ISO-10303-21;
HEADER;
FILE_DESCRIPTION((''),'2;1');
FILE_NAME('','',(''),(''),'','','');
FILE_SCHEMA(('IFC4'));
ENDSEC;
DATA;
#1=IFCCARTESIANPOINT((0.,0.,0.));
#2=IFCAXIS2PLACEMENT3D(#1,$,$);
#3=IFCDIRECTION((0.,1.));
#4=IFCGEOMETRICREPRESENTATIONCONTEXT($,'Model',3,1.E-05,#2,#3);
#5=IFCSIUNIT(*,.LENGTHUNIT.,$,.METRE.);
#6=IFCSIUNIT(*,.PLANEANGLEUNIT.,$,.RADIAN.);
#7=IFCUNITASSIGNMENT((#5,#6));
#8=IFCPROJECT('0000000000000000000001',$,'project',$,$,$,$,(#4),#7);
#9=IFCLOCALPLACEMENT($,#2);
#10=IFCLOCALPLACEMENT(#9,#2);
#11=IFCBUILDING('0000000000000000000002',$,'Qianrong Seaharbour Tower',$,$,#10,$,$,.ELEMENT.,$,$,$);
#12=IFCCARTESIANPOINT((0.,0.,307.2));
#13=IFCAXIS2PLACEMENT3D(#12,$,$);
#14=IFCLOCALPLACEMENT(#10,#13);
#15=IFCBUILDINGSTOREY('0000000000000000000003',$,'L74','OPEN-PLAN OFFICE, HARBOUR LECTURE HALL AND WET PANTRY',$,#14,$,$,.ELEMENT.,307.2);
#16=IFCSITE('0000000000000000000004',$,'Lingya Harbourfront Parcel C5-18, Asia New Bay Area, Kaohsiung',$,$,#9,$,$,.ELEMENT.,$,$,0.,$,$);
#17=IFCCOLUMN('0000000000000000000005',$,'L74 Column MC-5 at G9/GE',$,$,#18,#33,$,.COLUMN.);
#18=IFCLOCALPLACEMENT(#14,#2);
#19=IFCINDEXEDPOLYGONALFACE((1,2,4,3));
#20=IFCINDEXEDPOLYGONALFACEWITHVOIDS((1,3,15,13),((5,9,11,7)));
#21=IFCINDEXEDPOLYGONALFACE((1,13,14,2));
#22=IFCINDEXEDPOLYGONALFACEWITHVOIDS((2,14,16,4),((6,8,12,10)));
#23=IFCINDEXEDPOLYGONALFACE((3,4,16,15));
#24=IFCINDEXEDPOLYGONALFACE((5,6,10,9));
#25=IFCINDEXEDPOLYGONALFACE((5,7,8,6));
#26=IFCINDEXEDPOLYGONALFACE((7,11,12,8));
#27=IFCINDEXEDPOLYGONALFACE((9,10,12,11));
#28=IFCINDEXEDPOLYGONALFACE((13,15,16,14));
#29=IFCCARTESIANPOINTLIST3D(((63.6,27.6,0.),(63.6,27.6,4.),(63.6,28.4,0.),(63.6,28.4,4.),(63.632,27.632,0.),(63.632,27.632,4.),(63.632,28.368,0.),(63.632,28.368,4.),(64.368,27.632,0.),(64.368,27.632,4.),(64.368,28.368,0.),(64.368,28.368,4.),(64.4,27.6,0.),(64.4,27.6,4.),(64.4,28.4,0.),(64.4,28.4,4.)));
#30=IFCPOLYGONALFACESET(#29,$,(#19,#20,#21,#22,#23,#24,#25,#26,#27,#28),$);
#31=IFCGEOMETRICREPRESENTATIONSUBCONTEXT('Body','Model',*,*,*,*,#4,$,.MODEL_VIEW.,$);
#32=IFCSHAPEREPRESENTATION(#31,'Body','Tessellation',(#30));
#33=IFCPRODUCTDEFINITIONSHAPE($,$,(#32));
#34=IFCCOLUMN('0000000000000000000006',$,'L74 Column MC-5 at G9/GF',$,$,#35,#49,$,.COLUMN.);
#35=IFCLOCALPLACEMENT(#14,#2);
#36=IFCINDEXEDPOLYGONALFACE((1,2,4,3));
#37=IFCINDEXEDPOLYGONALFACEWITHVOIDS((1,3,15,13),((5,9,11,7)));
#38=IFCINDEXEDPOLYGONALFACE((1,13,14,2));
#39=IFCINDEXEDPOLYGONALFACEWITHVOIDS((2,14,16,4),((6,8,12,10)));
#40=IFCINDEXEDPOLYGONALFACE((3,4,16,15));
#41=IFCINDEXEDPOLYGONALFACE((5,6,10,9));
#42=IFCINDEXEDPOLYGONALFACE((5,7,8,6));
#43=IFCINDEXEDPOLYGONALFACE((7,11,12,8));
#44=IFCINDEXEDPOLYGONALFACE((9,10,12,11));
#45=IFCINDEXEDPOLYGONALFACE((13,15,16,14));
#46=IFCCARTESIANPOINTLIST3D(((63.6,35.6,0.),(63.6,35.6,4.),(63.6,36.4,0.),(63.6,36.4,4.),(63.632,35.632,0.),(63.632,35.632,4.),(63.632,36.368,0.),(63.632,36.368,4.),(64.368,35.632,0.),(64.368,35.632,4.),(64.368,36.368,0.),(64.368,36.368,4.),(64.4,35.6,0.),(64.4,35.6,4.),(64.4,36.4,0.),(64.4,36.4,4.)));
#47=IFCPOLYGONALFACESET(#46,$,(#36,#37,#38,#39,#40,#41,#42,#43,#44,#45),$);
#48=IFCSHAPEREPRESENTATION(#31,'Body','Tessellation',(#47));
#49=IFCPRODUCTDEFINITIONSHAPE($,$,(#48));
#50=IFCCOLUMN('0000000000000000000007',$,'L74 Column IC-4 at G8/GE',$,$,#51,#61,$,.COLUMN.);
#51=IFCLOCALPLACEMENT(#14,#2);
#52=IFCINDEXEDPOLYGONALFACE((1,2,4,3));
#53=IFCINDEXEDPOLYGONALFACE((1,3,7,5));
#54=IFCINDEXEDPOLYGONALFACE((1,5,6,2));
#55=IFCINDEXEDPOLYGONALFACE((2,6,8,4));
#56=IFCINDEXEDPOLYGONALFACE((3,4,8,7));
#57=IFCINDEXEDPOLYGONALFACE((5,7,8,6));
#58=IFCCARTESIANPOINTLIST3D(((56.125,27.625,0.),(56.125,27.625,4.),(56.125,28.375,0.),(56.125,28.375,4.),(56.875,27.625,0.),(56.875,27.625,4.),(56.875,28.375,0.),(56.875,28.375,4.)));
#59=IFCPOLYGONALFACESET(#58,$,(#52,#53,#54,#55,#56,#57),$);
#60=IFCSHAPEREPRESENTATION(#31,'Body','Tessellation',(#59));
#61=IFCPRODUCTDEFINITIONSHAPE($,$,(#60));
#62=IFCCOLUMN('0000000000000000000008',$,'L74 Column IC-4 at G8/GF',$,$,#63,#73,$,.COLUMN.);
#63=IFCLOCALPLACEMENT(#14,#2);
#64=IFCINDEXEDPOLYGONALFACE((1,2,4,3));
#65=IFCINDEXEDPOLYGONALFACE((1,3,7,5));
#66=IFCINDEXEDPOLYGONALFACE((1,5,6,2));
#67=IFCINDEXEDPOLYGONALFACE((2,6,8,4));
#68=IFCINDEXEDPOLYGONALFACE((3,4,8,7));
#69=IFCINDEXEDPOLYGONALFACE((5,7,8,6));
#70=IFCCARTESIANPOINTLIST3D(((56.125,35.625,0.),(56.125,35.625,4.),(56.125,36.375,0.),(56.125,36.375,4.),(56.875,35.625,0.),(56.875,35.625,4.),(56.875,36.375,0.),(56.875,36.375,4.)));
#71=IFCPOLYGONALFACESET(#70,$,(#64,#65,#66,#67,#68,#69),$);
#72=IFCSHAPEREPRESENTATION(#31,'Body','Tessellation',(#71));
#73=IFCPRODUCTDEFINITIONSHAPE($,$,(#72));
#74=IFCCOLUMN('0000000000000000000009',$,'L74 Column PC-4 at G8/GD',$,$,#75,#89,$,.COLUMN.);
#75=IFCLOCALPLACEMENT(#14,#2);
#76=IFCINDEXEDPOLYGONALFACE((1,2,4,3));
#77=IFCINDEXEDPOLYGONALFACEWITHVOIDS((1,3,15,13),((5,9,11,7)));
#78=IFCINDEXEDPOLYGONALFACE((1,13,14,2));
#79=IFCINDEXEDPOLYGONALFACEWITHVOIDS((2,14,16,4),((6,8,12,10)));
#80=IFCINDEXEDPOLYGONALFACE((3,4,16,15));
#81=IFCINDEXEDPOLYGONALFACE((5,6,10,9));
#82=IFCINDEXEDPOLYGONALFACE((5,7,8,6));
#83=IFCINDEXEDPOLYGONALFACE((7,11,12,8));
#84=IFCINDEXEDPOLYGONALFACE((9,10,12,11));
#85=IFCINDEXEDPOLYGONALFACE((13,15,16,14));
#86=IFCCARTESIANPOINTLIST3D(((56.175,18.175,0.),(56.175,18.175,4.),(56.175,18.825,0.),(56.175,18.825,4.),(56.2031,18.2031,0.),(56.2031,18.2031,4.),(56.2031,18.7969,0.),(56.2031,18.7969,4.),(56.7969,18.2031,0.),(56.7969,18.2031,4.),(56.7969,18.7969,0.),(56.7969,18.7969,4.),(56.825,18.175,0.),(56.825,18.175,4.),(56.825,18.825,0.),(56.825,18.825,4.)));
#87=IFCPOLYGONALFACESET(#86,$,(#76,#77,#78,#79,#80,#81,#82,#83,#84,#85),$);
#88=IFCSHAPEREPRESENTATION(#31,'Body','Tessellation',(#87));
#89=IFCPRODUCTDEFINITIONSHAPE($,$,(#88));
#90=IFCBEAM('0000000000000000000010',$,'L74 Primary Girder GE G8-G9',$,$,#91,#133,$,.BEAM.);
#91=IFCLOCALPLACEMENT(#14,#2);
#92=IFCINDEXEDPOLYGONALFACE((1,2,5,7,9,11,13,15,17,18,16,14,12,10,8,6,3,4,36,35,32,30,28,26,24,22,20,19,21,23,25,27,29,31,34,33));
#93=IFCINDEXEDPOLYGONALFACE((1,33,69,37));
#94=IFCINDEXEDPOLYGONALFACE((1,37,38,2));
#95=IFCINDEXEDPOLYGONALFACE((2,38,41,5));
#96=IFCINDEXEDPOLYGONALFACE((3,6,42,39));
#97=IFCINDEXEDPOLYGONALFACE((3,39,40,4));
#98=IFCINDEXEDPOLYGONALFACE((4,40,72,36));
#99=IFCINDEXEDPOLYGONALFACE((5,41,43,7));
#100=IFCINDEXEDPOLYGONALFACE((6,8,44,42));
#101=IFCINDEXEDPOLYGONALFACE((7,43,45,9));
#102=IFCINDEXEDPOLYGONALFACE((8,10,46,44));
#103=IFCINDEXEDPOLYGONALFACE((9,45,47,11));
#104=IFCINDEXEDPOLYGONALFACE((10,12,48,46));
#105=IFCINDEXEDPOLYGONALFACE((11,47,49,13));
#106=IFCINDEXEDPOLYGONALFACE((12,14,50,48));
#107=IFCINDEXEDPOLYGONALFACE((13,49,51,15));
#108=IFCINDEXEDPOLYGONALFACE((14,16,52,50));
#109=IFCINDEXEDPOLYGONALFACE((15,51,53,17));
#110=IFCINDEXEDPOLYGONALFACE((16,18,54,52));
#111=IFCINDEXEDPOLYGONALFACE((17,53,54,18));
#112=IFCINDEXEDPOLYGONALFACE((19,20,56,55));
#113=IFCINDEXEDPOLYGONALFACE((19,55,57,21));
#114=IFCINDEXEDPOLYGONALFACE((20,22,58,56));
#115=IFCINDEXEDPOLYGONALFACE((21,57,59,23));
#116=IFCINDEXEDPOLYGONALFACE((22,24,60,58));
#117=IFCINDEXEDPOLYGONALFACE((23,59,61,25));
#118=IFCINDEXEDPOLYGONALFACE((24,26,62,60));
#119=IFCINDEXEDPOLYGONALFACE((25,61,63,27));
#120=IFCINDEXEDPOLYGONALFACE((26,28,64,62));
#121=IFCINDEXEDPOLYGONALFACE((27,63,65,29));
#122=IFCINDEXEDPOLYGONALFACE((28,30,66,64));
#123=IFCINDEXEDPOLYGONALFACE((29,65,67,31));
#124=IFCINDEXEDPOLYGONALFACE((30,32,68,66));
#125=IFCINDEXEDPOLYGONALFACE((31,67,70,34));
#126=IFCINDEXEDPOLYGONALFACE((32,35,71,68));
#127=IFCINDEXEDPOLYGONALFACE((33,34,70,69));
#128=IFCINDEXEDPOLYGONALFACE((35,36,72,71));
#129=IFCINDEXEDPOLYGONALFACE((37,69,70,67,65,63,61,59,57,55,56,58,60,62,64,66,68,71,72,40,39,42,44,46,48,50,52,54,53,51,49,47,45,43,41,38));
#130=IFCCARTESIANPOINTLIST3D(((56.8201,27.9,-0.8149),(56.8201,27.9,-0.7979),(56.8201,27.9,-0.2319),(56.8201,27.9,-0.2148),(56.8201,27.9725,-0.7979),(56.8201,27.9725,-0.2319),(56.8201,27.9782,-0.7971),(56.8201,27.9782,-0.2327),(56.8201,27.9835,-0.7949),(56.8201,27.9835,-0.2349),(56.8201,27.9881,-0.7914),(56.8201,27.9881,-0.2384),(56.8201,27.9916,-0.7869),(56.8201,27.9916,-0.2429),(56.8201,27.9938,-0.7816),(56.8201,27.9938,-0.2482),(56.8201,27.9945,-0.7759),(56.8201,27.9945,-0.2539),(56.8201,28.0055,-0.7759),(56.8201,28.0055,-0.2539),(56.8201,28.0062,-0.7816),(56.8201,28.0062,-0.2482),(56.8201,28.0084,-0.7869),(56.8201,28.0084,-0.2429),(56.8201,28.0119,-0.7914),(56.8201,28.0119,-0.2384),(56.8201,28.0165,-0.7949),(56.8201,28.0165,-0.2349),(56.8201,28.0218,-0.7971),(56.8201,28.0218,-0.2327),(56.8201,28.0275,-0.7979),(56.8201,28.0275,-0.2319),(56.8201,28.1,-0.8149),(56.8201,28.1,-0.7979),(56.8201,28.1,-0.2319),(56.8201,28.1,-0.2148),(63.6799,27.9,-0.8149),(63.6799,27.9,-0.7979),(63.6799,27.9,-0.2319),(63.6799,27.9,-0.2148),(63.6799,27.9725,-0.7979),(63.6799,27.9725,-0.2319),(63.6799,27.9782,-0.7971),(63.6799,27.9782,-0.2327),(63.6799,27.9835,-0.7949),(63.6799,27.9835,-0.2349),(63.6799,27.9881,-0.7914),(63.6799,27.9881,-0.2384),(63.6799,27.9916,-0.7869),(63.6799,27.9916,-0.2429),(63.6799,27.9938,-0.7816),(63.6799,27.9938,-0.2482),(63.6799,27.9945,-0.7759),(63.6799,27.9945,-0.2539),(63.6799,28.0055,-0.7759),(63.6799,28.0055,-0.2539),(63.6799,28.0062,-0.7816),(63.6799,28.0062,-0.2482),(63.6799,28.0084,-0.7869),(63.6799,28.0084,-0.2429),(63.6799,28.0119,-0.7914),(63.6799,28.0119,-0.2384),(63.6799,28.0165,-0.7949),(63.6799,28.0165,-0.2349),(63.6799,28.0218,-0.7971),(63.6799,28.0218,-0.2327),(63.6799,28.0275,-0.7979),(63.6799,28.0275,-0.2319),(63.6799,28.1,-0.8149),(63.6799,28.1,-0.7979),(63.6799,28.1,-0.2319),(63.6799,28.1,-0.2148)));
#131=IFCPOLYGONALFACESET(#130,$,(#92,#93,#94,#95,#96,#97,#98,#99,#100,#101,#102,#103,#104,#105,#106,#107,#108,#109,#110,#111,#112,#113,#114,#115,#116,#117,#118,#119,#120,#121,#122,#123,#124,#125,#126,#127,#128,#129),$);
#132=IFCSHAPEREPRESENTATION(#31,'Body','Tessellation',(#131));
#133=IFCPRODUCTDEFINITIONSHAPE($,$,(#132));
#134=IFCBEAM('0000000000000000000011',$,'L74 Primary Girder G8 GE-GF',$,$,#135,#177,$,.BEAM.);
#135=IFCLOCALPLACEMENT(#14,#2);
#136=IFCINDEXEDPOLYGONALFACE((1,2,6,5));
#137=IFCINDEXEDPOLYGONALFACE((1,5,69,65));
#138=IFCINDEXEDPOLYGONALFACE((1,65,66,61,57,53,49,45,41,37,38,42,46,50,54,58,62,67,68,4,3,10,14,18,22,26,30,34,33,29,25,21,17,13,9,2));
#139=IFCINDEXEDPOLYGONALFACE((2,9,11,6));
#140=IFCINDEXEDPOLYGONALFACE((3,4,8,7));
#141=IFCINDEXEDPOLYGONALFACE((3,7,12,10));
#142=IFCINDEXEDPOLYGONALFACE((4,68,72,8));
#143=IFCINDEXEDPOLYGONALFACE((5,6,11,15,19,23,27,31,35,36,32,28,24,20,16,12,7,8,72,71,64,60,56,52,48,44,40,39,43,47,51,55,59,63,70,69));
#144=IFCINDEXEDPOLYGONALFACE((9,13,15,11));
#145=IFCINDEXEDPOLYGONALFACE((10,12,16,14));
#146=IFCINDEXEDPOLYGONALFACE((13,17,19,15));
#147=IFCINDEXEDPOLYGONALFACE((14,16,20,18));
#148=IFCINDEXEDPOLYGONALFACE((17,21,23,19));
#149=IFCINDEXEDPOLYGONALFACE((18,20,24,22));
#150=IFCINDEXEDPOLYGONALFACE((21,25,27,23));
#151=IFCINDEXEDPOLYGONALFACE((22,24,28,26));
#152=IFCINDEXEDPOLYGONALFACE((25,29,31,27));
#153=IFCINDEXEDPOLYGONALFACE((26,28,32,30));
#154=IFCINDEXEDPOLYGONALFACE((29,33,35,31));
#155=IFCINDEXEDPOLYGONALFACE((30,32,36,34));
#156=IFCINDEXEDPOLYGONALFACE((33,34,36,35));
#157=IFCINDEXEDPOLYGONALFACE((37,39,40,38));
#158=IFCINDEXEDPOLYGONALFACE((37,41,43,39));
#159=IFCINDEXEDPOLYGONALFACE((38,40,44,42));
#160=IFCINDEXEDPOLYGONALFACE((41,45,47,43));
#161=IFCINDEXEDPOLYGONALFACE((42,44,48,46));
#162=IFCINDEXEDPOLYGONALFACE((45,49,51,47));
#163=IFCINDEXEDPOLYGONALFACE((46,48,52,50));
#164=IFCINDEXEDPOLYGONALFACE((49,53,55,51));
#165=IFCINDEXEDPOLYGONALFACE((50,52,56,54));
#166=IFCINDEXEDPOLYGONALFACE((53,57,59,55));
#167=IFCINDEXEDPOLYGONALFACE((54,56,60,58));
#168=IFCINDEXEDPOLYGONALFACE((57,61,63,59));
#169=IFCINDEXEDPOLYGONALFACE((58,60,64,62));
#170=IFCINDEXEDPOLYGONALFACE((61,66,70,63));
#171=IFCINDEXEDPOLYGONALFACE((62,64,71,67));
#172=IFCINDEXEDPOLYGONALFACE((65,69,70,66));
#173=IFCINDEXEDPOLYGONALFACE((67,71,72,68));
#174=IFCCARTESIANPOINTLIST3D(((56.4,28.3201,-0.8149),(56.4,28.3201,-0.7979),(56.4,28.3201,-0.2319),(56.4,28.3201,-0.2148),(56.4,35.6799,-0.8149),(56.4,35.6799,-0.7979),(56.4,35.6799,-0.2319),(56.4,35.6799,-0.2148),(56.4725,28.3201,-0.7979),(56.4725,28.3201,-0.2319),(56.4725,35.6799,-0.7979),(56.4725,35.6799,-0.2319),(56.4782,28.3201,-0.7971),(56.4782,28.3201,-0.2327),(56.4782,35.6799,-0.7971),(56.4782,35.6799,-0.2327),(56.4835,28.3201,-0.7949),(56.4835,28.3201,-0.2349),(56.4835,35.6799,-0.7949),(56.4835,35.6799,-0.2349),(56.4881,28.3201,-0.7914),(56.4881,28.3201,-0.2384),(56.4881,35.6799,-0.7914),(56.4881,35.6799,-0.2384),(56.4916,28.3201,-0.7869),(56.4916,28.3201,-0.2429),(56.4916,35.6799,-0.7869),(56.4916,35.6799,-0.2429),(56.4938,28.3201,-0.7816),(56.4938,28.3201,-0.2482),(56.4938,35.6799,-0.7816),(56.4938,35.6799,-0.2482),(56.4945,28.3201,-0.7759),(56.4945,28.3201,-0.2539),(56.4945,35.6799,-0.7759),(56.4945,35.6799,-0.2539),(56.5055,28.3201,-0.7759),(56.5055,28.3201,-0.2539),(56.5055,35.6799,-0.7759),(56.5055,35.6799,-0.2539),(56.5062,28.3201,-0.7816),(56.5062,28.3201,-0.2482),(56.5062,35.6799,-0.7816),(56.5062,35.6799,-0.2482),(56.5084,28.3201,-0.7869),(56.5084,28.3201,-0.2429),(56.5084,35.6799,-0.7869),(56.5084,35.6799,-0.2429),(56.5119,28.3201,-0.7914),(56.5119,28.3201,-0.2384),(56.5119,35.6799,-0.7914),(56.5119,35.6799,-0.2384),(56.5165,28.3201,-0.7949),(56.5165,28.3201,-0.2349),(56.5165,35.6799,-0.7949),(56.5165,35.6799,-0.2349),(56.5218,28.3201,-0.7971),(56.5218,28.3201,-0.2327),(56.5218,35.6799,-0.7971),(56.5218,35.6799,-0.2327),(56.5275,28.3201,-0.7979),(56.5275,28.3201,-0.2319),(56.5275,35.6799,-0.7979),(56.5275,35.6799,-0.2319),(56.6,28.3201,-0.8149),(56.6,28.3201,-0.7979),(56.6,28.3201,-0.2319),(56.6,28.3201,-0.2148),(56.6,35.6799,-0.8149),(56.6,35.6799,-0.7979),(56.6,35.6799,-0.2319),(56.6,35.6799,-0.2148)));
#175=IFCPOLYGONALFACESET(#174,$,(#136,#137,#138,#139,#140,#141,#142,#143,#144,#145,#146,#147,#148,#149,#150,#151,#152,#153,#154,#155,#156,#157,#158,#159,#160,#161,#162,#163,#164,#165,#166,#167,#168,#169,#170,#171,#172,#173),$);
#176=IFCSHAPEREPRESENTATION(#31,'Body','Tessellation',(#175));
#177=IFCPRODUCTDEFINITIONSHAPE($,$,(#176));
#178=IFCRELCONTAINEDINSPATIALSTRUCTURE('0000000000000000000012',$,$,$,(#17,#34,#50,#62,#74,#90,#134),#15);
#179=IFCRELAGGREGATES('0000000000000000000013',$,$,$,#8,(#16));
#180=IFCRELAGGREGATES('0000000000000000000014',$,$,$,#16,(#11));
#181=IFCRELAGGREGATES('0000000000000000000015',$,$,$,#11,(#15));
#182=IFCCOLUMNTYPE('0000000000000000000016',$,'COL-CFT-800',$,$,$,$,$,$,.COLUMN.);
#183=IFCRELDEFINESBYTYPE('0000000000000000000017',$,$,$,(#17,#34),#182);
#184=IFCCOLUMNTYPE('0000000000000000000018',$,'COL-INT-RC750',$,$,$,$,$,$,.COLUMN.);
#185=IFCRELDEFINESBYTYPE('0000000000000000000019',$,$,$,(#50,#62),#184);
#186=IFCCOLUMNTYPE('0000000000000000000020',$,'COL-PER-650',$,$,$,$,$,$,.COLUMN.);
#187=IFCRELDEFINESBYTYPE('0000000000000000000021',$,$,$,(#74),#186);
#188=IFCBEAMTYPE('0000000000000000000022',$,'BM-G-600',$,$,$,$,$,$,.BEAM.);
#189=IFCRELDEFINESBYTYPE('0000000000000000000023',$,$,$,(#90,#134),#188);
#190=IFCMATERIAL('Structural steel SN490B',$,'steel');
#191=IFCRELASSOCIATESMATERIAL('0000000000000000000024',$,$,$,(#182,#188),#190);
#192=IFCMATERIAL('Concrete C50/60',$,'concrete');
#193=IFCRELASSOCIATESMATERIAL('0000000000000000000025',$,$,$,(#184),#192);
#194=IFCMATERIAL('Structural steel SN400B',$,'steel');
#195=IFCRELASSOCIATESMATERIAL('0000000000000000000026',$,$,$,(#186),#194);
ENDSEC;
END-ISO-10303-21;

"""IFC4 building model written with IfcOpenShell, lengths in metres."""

from ifc_helpers import new_model, si_unit, direction, frame, origin, origin_2d, place, context, subcontext, project, spatial, rectangle, hollow_rectangle, i_section, extrude, material, material_profile, profile_set, type_object, element, save


model = new_model("IFC4")

# Units and contexts
model_context = context("Model", 3, precision=1e-05, world=origin(), true_north=direction((0.0, 1.0)))
body_context = subcontext(model_context, "Body", "Model", "MODEL_VIEW")
ifc_project = project(units=[si_unit("LENGTHUNIT", "METRE"), si_unit("PLANEANGLEUNIT", "RADIAN")], contexts=[model_context])

# Site, building, storey
site_placement = place(None, origin())
site = spatial("IfcSite", under=ifc_project, at=site_placement, Name="Lingya Harbourfront Parcel C5-18, Asia New Bay Area, Kaohsiung", CompositionType="ELEMENT", RefElevation=0.0)
building_placement = place(site_placement, origin())
building = spatial("IfcBuilding", under=site, at=building_placement, Name="Qianrong Seaharbour Tower", CompositionType="ELEMENT")
storey_placement = place(building_placement, frame((0.0, 0.0, 307.2)))
storey = spatial("IfcBuildingStorey", under=building, at=storey_placement, Name="L74", Description="OPEN-PLAN OFFICE, HARBOUR LECTURE HALL AND WET PANTRY", CompositionType="ELEMENT", Elevation=307.2)

# Columns
ifc_material_1 = material(Name="Structural steel SN490B", Category="steel")
ifc_material_profile_1 = material_profile(ifc_material_1, hollow_rectangle(XDim=0.8, YDim=0.8, WallThickness=0.032, at=origin_2d()), Name="BOX800x800x32")
ifc_profile_set_1 = profile_set([ifc_material_profile_1], Name="Structural steel SN490B")
column_type_1 = type_object("IfcColumnType", Name="COL-CFT-800", PredefinedType="COLUMN", material=ifc_profile_set_1)
for number, where, z_axis, x_axis, name in (
    (1, (64.0, 28.0, 0.0), (0.0, 0.0, 1.0), (1.0, 0.0, 0.0), "L74 Column MC-5 at G9/GE"),
    (2, (64.0, 36.0, 0.0), (0.0, 0.0, 1.0), (1.0, 0.0, 0.0), "L74 Column MC-5 at G9/GF"),
):
    element("IfcColumn", number, at=place(storey_placement, frame(where, z_axis=z_axis, x_axis=x_axis)), inside=storey, type_object=column_type_1, Name=name, PredefinedType="COLUMN", context=body_context, shape_type="SweptSolid", body=[
        extrude(hollow_rectangle(XDim=0.8, YDim=0.8, WallThickness=0.032, at=origin_2d()), origin(), (0.0, 0.0, 1.0), 4.0),
    ])
ifc_material_2 = material(Name="Concrete C50/60", Category="concrete")
ifc_material_profile_2 = material_profile(ifc_material_2, rectangle(XDim=0.75, YDim=0.75, at=origin_2d()), Name="RC750x750")
ifc_profile_set_2 = profile_set([ifc_material_profile_2], Name="Concrete C50/60")
column_type_2 = type_object("IfcColumnType", Name="COL-INT-RC750", PredefinedType="COLUMN", material=ifc_profile_set_2)
for number, where, z_axis, x_axis, name in (
    (3, (56.5, 28.0, 0.0), (0.0, 0.0, 1.0), (1.0, 0.0, 0.0), "L74 Column IC-4 at G8/GE"),
    (4, (56.5, 36.0, 0.0), (0.0, 0.0, 1.0), (1.0, 0.0, 0.0), "L74 Column IC-4 at G8/GF"),
):
    element("IfcColumn", number, at=place(storey_placement, frame(where, z_axis=z_axis, x_axis=x_axis)), inside=storey, type_object=column_type_2, Name=name, PredefinedType="COLUMN", context=body_context, shape_type="SweptSolid", body=[
        extrude(rectangle(XDim=0.75, YDim=0.75, at=origin_2d()), origin(), (0.0, 0.0, 1.0), 4.0),
    ])
ifc_material_3 = material(Name="Structural steel SN400B", Category="steel")
ifc_material_profile_3 = material_profile(ifc_material_3, hollow_rectangle(XDim=0.6499, YDim=0.6499, WallThickness=0.0281, at=origin_2d()), Name="BOX650x650x28")
ifc_profile_set_3 = profile_set([ifc_material_profile_3], Name="Structural steel SN400B")
column_type_3 = type_object("IfcColumnType", Name="COL-PER-650", PredefinedType="COLUMN", material=ifc_profile_set_3)
column_placement = place(storey_placement, frame((56.5, 18.5, 0.0), z_axis=(0.0, 0.0, 1.0), x_axis=(1.0, 0.0, 0.0)))
element("IfcColumn", 5, at=column_placement, inside=storey, type_object=column_type_3, Name="L74 Column PC-4 at G8/GD", PredefinedType="COLUMN", context=body_context, shape_type="SweptSolid", body=[
    extrude(hollow_rectangle(XDim=0.6499, YDim=0.6499, WallThickness=0.0281, at=origin_2d()), origin(), (0.0, 0.0, 1.0), 4.0),
])

# Beams
ifc_material_profile_4 = material_profile(ifc_material_1, i_section(OverallWidth=0.2, OverallDepth=0.6001, WebThickness=0.011, FlangeThickness=0.0171, FilletRadius=0.022, at=origin_2d()), Name="H600x200x11x17")
ifc_profile_set_4 = profile_set([ifc_material_profile_4], Name="Structural steel SN490B")
beam_type_1 = type_object("IfcBeamType", Name="BM-G-600", PredefinedType="BEAM", material=ifc_profile_set_4)
beam_1_placement = place(storey_placement, frame((56.8201, 28.0, -0.5149), z_axis=(1.0, 0.0, 0.0), x_axis=(0.0, 1.0, 0.0)))
element("IfcBeam", 6, at=beam_1_placement, inside=storey, type_object=beam_type_1, Name="L74 Primary Girder GE G8-G9", PredefinedType="BEAM", context=body_context, shape_type="SweptSolid", body=[
    extrude(i_section(OverallWidth=0.2, OverallDepth=0.6001, WebThickness=0.011, FlangeThickness=0.0171, FilletRadius=0.022, at=origin_2d()), origin(), (0.0, 0.0, 1.0), 6.8599),
])
beam_2_placement = place(storey_placement, frame((56.5, 28.3201, -0.5149), z_axis=(0.0, 1.0, 0.0), x_axis=(-1.0, 0.0, 0.0)))
element("IfcBeam", 7, at=beam_2_placement, inside=storey, type_object=beam_type_1, Name="L74 Primary Girder G8 GE-GF", PredefinedType="BEAM", context=body_context, shape_type="SweptSolid", body=[
    extrude(i_section(OverallWidth=0.2, OverallDepth=0.6001, WebThickness=0.011, FlangeThickness=0.0171, FilletRadius=0.022, at=origin_2d()), origin(), (0.0, 0.0, 1.0), 7.3599),
])

save(model, "model.ifc")
